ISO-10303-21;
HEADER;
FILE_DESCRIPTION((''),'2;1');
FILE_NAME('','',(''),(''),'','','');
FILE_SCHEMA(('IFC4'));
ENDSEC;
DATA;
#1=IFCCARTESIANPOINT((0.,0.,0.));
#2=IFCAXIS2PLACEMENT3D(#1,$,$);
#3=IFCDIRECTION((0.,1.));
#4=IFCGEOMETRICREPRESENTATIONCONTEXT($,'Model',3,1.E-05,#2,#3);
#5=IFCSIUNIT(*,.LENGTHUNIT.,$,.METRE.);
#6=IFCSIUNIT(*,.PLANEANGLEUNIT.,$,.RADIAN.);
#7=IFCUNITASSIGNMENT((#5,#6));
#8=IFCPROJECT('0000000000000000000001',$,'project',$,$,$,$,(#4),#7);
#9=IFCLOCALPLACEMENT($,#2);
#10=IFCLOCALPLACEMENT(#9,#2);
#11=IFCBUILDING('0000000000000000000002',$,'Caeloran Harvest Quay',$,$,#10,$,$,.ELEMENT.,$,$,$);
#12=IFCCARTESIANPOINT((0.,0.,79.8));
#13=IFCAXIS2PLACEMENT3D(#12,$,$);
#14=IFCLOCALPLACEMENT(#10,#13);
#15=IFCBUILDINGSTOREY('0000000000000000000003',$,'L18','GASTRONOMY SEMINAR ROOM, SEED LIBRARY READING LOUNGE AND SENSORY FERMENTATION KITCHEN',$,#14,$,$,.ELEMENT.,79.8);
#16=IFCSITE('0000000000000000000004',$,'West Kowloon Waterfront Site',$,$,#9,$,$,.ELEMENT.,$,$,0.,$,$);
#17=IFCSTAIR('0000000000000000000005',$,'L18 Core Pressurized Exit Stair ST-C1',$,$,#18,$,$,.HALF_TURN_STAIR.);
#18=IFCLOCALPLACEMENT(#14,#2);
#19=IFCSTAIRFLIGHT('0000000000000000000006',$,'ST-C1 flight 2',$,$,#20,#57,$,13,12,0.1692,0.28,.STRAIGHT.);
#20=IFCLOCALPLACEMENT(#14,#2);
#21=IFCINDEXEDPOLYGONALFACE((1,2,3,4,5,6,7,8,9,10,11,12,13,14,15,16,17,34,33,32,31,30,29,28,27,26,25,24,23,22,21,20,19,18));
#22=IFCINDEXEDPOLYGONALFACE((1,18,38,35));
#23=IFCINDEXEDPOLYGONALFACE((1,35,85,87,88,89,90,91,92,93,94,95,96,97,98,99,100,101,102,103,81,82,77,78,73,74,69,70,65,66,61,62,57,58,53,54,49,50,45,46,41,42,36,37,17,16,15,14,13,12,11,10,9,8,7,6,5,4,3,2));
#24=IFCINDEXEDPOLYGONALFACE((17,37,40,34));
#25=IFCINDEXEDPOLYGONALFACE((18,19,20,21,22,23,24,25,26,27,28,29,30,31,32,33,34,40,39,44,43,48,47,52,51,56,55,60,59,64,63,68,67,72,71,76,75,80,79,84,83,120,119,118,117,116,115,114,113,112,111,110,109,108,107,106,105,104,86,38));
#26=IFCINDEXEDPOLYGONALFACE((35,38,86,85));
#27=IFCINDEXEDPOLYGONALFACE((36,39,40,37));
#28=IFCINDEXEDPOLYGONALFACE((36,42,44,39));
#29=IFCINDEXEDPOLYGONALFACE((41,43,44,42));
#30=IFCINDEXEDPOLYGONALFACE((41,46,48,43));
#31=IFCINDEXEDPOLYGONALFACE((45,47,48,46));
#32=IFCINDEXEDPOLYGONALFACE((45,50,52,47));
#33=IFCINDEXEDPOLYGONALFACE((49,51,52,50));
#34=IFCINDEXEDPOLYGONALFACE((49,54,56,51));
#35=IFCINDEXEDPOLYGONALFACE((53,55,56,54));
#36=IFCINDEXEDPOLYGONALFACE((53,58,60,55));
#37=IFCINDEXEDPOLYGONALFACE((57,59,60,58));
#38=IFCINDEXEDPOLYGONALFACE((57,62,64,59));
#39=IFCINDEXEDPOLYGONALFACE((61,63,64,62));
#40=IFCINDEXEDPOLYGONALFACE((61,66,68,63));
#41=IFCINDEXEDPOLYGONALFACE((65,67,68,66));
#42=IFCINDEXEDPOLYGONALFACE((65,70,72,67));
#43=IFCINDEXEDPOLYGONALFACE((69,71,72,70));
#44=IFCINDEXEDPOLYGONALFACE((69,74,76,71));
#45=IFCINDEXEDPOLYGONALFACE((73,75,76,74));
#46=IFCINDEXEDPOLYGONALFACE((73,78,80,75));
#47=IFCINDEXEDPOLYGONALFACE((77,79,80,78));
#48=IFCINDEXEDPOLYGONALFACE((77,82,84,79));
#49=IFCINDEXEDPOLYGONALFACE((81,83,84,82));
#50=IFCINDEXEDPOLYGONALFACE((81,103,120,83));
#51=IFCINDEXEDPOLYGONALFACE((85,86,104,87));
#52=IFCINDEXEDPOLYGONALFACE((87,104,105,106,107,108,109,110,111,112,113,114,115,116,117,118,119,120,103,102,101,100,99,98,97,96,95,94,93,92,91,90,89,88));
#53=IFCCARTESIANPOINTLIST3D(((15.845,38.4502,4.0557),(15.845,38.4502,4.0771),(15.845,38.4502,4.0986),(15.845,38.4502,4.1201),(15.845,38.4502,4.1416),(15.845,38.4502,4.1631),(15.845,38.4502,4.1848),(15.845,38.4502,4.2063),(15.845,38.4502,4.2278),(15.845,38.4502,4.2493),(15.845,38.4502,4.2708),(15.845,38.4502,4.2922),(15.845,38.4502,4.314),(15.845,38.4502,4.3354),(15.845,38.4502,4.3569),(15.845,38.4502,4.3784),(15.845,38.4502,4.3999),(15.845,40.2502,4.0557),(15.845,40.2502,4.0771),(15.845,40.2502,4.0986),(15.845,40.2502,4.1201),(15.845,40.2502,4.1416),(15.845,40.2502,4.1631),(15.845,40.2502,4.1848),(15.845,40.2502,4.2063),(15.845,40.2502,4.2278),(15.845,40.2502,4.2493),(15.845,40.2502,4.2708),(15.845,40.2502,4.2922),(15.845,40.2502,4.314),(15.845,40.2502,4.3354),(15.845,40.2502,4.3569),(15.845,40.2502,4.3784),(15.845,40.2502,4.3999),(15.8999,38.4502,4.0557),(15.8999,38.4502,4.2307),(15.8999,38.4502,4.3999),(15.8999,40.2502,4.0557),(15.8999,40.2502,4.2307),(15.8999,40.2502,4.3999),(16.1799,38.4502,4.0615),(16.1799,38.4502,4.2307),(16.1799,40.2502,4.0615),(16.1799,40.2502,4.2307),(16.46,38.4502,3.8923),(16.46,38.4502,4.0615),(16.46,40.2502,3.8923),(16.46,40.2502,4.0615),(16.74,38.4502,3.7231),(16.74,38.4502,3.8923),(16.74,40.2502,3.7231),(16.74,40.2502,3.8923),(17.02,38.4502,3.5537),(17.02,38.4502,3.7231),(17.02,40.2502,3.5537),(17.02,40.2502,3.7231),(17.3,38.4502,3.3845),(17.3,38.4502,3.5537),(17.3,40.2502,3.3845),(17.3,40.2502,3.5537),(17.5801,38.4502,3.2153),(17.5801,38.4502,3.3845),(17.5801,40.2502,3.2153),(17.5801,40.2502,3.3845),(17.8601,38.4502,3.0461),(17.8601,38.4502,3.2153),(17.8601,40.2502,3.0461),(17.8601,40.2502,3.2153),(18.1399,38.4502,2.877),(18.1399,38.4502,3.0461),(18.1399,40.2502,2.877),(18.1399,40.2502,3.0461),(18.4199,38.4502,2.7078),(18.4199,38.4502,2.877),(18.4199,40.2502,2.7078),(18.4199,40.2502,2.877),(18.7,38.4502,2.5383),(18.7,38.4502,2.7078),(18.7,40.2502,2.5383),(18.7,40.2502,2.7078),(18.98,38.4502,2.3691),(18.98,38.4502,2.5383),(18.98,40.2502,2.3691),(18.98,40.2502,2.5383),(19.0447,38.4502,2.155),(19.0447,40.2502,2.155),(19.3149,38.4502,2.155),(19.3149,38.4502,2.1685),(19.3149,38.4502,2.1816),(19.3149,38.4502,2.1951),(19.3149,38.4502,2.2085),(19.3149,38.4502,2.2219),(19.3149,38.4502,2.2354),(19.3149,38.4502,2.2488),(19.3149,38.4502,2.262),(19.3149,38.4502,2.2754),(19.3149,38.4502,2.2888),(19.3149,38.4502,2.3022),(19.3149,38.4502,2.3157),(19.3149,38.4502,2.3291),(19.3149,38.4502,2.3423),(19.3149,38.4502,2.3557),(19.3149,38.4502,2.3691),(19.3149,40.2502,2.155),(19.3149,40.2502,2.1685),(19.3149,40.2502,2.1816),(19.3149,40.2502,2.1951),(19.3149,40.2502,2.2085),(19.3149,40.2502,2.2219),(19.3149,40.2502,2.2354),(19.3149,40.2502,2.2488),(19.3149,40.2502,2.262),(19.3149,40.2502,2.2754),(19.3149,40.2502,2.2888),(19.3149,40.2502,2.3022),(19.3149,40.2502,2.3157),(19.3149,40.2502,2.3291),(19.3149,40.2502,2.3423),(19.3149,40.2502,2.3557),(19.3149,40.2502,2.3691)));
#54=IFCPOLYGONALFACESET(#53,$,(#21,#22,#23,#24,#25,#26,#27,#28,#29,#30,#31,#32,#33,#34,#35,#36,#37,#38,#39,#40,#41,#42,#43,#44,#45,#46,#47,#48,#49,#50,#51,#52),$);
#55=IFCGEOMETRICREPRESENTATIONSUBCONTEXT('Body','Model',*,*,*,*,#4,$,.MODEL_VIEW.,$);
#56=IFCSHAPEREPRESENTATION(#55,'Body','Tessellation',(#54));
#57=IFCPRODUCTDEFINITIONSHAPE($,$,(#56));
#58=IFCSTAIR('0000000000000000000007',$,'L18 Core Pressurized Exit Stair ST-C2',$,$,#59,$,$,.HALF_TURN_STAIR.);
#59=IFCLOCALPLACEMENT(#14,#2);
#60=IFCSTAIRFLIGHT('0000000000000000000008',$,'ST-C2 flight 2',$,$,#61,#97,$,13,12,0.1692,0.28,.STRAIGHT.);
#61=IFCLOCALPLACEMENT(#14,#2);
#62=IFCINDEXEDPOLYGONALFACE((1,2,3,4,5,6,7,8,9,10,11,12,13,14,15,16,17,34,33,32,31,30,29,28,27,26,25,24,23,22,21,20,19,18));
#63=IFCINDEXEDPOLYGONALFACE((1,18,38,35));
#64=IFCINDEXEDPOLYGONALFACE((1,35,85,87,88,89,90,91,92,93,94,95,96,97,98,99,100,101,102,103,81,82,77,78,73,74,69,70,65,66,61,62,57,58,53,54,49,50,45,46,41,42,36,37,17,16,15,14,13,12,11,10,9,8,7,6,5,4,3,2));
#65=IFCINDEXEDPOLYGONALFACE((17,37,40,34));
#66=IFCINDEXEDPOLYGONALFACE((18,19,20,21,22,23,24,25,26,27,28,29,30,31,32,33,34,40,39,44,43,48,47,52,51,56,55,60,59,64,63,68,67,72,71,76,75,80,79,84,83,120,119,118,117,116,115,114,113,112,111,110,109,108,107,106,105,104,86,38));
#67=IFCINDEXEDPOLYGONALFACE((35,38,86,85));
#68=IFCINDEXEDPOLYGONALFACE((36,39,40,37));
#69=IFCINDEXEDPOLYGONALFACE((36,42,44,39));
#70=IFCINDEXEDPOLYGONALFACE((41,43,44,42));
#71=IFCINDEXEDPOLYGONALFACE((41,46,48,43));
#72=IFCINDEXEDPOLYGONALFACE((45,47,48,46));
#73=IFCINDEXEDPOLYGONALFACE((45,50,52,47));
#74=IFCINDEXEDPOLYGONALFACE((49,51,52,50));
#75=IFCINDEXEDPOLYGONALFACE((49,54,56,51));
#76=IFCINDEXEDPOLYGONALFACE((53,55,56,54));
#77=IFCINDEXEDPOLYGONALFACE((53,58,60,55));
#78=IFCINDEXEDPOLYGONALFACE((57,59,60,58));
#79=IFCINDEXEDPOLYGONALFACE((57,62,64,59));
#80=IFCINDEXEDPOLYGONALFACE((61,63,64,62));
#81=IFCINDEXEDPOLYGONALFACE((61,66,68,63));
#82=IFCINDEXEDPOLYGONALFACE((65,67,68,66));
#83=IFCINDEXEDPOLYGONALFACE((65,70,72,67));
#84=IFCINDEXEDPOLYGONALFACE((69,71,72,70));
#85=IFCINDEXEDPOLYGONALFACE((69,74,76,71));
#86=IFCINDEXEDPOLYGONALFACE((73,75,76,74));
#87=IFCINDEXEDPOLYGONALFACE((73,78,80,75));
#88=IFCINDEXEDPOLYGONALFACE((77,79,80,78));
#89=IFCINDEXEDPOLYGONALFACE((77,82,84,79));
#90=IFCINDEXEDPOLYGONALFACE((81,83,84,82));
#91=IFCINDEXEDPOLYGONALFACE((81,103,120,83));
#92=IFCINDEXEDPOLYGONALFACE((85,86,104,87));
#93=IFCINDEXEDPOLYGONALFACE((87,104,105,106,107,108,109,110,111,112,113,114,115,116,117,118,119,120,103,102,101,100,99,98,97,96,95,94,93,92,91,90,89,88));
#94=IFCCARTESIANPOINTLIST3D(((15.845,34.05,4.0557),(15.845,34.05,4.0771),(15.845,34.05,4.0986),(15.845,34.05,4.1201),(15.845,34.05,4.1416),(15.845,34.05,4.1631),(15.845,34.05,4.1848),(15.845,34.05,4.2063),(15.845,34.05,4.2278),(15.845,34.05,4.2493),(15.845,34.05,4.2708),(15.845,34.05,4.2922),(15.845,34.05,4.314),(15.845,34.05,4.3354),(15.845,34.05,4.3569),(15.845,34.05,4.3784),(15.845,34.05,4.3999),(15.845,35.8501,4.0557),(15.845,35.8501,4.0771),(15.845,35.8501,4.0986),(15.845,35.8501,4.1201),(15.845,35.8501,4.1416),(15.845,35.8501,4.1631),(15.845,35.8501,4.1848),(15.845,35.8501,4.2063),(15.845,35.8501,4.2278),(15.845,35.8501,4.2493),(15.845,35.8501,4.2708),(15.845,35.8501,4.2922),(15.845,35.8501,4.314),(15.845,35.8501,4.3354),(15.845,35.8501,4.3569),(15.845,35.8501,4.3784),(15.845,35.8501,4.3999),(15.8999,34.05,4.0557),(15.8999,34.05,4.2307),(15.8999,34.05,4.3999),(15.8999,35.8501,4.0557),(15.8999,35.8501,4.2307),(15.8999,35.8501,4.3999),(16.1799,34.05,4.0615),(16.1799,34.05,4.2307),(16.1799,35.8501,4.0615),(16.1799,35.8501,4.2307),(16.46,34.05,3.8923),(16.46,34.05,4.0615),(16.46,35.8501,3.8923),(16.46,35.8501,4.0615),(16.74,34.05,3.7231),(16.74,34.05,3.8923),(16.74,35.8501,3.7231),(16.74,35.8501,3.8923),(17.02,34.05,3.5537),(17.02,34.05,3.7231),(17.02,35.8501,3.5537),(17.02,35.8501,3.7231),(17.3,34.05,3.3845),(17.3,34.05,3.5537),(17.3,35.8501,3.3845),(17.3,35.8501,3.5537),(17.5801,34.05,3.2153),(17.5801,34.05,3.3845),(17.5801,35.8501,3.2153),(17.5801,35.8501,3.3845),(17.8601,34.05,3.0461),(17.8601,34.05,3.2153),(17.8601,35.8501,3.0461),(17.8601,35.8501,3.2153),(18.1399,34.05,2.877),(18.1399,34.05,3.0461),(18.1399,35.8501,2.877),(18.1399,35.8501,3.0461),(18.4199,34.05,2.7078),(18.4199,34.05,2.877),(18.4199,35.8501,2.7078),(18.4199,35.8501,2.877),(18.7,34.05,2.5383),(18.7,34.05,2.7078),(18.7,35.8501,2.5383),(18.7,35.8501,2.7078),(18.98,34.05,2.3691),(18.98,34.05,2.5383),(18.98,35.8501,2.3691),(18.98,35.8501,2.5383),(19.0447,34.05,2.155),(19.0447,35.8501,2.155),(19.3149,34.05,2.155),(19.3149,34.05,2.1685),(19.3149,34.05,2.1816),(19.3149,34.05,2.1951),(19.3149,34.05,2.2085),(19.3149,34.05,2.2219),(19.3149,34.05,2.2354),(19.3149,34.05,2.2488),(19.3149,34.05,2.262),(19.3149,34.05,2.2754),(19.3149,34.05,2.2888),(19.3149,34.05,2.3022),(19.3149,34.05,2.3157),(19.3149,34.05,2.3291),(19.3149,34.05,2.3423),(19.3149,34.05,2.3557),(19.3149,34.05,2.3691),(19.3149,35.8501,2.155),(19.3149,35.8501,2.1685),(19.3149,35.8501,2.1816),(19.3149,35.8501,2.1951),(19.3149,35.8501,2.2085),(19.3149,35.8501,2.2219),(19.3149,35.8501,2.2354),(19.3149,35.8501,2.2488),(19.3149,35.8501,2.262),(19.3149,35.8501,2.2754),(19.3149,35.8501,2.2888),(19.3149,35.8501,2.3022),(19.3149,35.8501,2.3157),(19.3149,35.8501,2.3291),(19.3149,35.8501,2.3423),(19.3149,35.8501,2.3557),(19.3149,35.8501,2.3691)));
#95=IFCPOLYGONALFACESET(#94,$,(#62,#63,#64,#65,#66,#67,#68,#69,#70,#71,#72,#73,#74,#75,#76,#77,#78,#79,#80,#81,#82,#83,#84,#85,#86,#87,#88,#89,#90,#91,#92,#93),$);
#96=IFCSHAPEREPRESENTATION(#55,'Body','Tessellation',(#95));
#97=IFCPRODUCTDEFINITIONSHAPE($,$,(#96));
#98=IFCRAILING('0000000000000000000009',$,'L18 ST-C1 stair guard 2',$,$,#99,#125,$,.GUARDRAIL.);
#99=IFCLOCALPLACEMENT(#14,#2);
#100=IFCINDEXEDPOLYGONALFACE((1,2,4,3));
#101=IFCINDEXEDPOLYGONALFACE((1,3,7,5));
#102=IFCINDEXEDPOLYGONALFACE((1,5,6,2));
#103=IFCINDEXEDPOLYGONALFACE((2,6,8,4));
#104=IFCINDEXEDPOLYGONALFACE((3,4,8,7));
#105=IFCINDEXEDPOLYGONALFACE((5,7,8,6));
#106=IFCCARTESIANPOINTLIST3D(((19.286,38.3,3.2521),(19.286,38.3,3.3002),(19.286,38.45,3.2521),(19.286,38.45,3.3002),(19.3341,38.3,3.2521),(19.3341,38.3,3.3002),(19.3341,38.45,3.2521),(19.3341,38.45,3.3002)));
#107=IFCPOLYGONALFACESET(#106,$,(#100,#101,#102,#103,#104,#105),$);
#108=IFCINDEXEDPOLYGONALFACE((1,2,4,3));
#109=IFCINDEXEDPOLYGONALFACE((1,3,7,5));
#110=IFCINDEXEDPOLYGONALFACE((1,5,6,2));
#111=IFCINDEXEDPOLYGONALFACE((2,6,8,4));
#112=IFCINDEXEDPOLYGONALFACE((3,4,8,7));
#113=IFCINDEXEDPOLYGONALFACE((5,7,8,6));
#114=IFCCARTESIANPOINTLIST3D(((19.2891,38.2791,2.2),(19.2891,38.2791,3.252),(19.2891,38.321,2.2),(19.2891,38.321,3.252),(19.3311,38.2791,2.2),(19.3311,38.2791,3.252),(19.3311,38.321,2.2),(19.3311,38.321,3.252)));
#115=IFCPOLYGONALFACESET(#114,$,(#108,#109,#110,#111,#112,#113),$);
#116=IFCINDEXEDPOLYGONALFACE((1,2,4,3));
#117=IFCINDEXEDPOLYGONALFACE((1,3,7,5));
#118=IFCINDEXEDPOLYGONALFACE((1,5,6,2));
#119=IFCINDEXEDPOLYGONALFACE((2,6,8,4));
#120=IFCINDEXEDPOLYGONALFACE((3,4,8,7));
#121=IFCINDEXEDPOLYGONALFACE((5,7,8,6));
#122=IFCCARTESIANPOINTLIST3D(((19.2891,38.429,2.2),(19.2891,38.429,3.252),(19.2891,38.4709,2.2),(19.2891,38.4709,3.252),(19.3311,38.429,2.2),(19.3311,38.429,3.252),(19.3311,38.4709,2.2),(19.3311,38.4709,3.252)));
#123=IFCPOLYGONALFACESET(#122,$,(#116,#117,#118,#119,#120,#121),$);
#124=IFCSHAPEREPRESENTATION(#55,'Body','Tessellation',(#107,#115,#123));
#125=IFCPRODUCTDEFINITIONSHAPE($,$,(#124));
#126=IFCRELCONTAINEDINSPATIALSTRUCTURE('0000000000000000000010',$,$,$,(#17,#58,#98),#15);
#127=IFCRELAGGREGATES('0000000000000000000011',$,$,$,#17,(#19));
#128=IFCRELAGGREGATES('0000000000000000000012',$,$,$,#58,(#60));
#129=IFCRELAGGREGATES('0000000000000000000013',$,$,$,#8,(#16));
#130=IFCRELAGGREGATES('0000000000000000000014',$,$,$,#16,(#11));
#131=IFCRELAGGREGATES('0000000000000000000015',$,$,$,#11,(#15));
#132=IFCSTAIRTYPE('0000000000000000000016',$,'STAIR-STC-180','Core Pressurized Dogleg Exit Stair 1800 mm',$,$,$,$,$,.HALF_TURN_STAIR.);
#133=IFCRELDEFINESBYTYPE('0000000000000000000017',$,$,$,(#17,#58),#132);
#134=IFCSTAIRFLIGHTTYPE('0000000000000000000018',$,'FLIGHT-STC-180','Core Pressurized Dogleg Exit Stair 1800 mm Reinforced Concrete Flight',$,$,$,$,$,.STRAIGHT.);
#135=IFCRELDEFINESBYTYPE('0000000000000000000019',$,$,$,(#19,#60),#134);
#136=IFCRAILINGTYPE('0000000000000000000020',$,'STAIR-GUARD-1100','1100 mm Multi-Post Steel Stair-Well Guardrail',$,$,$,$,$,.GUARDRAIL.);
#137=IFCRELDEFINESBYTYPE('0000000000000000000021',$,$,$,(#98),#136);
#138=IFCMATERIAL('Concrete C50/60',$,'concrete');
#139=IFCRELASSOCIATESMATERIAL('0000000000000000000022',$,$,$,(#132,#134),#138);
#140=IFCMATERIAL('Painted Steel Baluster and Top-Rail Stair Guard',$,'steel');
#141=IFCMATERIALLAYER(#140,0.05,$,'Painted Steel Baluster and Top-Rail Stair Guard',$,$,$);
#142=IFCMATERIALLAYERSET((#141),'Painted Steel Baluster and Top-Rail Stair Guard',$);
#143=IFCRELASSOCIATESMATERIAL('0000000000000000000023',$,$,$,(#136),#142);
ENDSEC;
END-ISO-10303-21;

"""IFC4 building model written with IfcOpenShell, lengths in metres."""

from ifc_helpers import new_model, si_unit, direction, frame, origin, origin_2d, place, context, subcontext, project, spatial, polyline, rectangle, outline, extrude, material, layer, layer_set, type_object, element, aggregate, save


model = new_model("IFC4")

# Units and contexts
model_context = context("Model", 3, precision=1e-05, world=origin(), true_north=direction((0.0, 1.0)))
body_context = subcontext(model_context, "Body", "Model", "MODEL_VIEW")
ifc_project = project(units=[si_unit("LENGTHUNIT", "METRE"), si_unit("PLANEANGLEUNIT", "RADIAN")], contexts=[model_context])

# Site, building, storey
site_placement = place(None, origin())
site = spatial("IfcSite", under=ifc_project, at=site_placement, Name="West Kowloon Waterfront Site", CompositionType="ELEMENT", RefElevation=0.0)
building_placement = place(site_placement, origin())
building = spatial("IfcBuilding", under=site, at=building_placement, Name="Caeloran Harvest Quay", CompositionType="ELEMENT")
storey_placement = place(building_placement, frame((0.0, 0.0, 79.8)))
storey = spatial("IfcBuildingStorey", under=building, at=storey_placement, Name="L18", Description="GASTRONOMY SEMINAR ROOM, SEED LIBRARY READING LOUNGE AND SENSORY FERMENTATION KITCHEN", CompositionType="ELEMENT", Elevation=79.8)

# Shared definitions
ifc_material_1 = material(Name="Concrete C50/60", Category="concrete")

# Stairs, stair flights
stair_type = type_object("IfcStairType", Name="STAIR-STC-180", Description="Core Pressurized Dogleg Exit Stair 1800 mm", PredefinedType="HALF_TURN_STAIR", material=ifc_material_1)
stair_1_placement = place(storey_placement, origin())
stair_1 = element("IfcStair", 1, at=stair_1_placement, inside=storey, type_object=stair_type, Name="L18 Core Pressurized Exit Stair ST-C1", PredefinedType="HALF_TURN_STAIR")
stair_flight_type = type_object("IfcStairFlightType", Name="FLIGHT-STC-180", Description="Core Pressurized Dogleg Exit Stair 1800 mm Reinforced Concrete Flight", PredefinedType="STRAIGHT", material=ifc_material_1)
stair_flight_1_placement = place(storey_placement, frame((19.26, 39.3501, 2.2), z_axis=(0.0, 0.0, 1.0), x_axis=(-1.0, 0.0, 0.0)))
stair_flight_1 = element("IfcStairFlight", 2, at=stair_flight_1_placement, type_object=stair_flight_type, Name="ST-C1 flight 2", NumberOfRisers=13, NumberOfTreads=12, PredefinedType="STRAIGHT", RiserHeight=0.1692, TreadLength=0.28, context=body_context, shape_type="SweptSolid", body=[
    extrude(outline(polyline([(-0.0549, -0.0449), (-0.0549, -0.0315), (-0.0549, -0.0183), (-0.0549, -0.0049), (-0.0549, 0.0085), (-0.0549, 0.022), (-0.0549, 0.0354), (-0.0549, 0.0488), (-0.0549, 0.062), (-0.0549, 0.0754), (-0.0549, 0.0889), (-0.0549, 0.1023), (-0.0549, 0.1157), (-0.0549, 0.1292), (-0.0549, 0.1423), (-0.0549, 0.1558), (-0.0549, 0.1692), (0.28, 0.1692), (0.28, 0.3384), (0.5601, 0.3384), (0.5601, 0.5078), (0.8401, 0.5078), (0.8401, 0.677), (1.1201, 0.677), (1.1201, 0.8462), (1.3999, 0.8462), (1.3999, 1.0154), (1.6799, 1.0154), (1.6799, 1.1846), (1.96, 1.1846), (1.96, 1.3538), (2.24, 1.3538), (2.24, 1.5232), (2.52, 1.5232), (2.52, 1.6924), (2.8, 1.6924), (2.8, 1.8616), (3.0801, 1.8616), (3.0801, 2.0308), (3.3601, 2.0308), (3.3601, 2.2), (3.415, 2.2), (3.415, 2.1785), (3.415, 2.157), (3.415, 2.1355), (3.415, 2.114), (3.415, 2.0923), (3.415, 2.0708), (3.415, 2.0493), (3.415, 2.0278), (3.415, 2.0063), (3.415, 1.9849), (3.415, 1.9631), (3.415, 1.9417), (3.415, 1.9202), (3.415, 1.8987), (3.415, 1.8772), (3.415, 1.8557), (3.3601, 1.8557), (0.2153, -0.0449), (-0.0549, -0.0449)])), frame((0.0, 0.8999, 0.0), z_axis=(0.0, -1.0, 0.0), x_axis=(1.0, 0.0, 0.0)), (0.0, 0.0, 1.0), 1.8),
])
aggregate(stair_1, [stair_flight_1])
stair_2_placement = place(storey_placement, origin())
stair_2 = element("IfcStair", 3, at=stair_2_placement, inside=storey, type_object=stair_type, Name="L18 Core Pressurized Exit Stair ST-C2", PredefinedType="HALF_TURN_STAIR")
stair_flight_2_placement = place(storey_placement, frame((19.26, 34.95, 2.2), z_axis=(0.0, 0.0, 1.0), x_axis=(-1.0, 0.0, 0.0)))
stair_flight_2 = element("IfcStairFlight", 4, at=stair_flight_2_placement, type_object=stair_flight_type, Name="ST-C2 flight 2", NumberOfRisers=13, NumberOfTreads=12, PredefinedType="STRAIGHT", RiserHeight=0.1692, TreadLength=0.28, context=body_context, shape_type="SweptSolid", body=[
    extrude(outline(polyline([(-0.0549, -0.0449), (-0.0549, -0.0315), (-0.0549, -0.0183), (-0.0549, -0.0049), (-0.0549, 0.0085), (-0.0549, 0.022), (-0.0549, 0.0354), (-0.0549, 0.0488), (-0.0549, 0.062), (-0.0549, 0.0754), (-0.0549, 0.0889), (-0.0549, 0.1023), (-0.0549, 0.1157), (-0.0549, 0.1292), (-0.0549, 0.1423), (-0.0549, 0.1558), (-0.0549, 0.1692), (0.28, 0.1692), (0.28, 0.3384), (0.5601, 0.3384), (0.5601, 0.5078), (0.8401, 0.5078), (0.8401, 0.677), (1.1201, 0.677), (1.1201, 0.8462), (1.3999, 0.8462), (1.3999, 1.0154), (1.6799, 1.0154), (1.6799, 1.1846), (1.96, 1.1846), (1.96, 1.3538), (2.24, 1.3538), (2.24, 1.5232), (2.52, 1.5232), (2.52, 1.6924), (2.8, 1.6924), (2.8, 1.8616), (3.0801, 1.8616), (3.0801, 2.0308), (3.3601, 2.0308), (3.3601, 2.2), (3.415, 2.2), (3.415, 2.1785), (3.415, 2.157), (3.415, 2.1355), (3.415, 2.114), (3.415, 2.0923), (3.415, 2.0708), (3.415, 2.0493), (3.415, 2.0278), (3.415, 2.0063), (3.415, 1.9849), (3.415, 1.9631), (3.415, 1.9417), (3.415, 1.9202), (3.415, 1.8987), (3.415, 1.8772), (3.415, 1.8557), (3.3601, 1.8557), (0.2153, -0.0449), (-0.0549, -0.0449)])), frame((0.0, 0.8999, 0.0), z_axis=(0.0, -1.0, 0.0), x_axis=(1.0, 0.0, 0.0)), (0.0, 0.0, 1.0), 1.8),
])
aggregate(stair_2, [stair_flight_2])

# Railing
ifc_material_2 = material(Name="Painted Steel Baluster and Top-Rail Stair Guard", Category="steel")
ifc_layer_1 = layer(ifc_material_2, 0.05, Name="Painted Steel Baluster and Top-Rail Stair Guard")
ifc_layer_set_1 = layer_set([ifc_layer_1], Name="Painted Steel Baluster and Top-Rail Stair Guard")
railing_type_1 = type_object("IfcRailingType", Name="STAIR-GUARD-1100", Description="1100 mm Multi-Post Steel Stair-Well Guardrail", PredefinedType="GUARDRAIL", material=ifc_layer_set_1)
railing_1_placement = place(storey_placement, frame((19.3101, 38.3, 2.2)))
element("IfcRailing", 5, at=railing_1_placement, inside=storey, type_object=railing_type_1, Name="L18 ST-C1 stair guard 2", PredefinedType="GUARDRAIL", context=body_context, shape_type="SweptSolid", body=[
    extrude(rectangle(XDim=0.0481, YDim=0.0481, at=origin_2d()), frame((0.0, 0.0, 1.0762), z_axis=(0.0, 1.0, 0.0), x_axis=(-1.0, 0.0, 0.0)), (0.0, 0.0, 1.0), 0.1499),
    extrude(rectangle(XDim=0.042, YDim=0.042, at=origin_2d()), origin(), (0.0, 0.0, 1.0), 1.052),
    extrude(rectangle(XDim=0.042, YDim=0.042, at=origin_2d()), frame((0.0, 0.1499, 0.0)), (0.0, 0.0, 1.0), 1.052),
])

save(model, "model.ifc")
